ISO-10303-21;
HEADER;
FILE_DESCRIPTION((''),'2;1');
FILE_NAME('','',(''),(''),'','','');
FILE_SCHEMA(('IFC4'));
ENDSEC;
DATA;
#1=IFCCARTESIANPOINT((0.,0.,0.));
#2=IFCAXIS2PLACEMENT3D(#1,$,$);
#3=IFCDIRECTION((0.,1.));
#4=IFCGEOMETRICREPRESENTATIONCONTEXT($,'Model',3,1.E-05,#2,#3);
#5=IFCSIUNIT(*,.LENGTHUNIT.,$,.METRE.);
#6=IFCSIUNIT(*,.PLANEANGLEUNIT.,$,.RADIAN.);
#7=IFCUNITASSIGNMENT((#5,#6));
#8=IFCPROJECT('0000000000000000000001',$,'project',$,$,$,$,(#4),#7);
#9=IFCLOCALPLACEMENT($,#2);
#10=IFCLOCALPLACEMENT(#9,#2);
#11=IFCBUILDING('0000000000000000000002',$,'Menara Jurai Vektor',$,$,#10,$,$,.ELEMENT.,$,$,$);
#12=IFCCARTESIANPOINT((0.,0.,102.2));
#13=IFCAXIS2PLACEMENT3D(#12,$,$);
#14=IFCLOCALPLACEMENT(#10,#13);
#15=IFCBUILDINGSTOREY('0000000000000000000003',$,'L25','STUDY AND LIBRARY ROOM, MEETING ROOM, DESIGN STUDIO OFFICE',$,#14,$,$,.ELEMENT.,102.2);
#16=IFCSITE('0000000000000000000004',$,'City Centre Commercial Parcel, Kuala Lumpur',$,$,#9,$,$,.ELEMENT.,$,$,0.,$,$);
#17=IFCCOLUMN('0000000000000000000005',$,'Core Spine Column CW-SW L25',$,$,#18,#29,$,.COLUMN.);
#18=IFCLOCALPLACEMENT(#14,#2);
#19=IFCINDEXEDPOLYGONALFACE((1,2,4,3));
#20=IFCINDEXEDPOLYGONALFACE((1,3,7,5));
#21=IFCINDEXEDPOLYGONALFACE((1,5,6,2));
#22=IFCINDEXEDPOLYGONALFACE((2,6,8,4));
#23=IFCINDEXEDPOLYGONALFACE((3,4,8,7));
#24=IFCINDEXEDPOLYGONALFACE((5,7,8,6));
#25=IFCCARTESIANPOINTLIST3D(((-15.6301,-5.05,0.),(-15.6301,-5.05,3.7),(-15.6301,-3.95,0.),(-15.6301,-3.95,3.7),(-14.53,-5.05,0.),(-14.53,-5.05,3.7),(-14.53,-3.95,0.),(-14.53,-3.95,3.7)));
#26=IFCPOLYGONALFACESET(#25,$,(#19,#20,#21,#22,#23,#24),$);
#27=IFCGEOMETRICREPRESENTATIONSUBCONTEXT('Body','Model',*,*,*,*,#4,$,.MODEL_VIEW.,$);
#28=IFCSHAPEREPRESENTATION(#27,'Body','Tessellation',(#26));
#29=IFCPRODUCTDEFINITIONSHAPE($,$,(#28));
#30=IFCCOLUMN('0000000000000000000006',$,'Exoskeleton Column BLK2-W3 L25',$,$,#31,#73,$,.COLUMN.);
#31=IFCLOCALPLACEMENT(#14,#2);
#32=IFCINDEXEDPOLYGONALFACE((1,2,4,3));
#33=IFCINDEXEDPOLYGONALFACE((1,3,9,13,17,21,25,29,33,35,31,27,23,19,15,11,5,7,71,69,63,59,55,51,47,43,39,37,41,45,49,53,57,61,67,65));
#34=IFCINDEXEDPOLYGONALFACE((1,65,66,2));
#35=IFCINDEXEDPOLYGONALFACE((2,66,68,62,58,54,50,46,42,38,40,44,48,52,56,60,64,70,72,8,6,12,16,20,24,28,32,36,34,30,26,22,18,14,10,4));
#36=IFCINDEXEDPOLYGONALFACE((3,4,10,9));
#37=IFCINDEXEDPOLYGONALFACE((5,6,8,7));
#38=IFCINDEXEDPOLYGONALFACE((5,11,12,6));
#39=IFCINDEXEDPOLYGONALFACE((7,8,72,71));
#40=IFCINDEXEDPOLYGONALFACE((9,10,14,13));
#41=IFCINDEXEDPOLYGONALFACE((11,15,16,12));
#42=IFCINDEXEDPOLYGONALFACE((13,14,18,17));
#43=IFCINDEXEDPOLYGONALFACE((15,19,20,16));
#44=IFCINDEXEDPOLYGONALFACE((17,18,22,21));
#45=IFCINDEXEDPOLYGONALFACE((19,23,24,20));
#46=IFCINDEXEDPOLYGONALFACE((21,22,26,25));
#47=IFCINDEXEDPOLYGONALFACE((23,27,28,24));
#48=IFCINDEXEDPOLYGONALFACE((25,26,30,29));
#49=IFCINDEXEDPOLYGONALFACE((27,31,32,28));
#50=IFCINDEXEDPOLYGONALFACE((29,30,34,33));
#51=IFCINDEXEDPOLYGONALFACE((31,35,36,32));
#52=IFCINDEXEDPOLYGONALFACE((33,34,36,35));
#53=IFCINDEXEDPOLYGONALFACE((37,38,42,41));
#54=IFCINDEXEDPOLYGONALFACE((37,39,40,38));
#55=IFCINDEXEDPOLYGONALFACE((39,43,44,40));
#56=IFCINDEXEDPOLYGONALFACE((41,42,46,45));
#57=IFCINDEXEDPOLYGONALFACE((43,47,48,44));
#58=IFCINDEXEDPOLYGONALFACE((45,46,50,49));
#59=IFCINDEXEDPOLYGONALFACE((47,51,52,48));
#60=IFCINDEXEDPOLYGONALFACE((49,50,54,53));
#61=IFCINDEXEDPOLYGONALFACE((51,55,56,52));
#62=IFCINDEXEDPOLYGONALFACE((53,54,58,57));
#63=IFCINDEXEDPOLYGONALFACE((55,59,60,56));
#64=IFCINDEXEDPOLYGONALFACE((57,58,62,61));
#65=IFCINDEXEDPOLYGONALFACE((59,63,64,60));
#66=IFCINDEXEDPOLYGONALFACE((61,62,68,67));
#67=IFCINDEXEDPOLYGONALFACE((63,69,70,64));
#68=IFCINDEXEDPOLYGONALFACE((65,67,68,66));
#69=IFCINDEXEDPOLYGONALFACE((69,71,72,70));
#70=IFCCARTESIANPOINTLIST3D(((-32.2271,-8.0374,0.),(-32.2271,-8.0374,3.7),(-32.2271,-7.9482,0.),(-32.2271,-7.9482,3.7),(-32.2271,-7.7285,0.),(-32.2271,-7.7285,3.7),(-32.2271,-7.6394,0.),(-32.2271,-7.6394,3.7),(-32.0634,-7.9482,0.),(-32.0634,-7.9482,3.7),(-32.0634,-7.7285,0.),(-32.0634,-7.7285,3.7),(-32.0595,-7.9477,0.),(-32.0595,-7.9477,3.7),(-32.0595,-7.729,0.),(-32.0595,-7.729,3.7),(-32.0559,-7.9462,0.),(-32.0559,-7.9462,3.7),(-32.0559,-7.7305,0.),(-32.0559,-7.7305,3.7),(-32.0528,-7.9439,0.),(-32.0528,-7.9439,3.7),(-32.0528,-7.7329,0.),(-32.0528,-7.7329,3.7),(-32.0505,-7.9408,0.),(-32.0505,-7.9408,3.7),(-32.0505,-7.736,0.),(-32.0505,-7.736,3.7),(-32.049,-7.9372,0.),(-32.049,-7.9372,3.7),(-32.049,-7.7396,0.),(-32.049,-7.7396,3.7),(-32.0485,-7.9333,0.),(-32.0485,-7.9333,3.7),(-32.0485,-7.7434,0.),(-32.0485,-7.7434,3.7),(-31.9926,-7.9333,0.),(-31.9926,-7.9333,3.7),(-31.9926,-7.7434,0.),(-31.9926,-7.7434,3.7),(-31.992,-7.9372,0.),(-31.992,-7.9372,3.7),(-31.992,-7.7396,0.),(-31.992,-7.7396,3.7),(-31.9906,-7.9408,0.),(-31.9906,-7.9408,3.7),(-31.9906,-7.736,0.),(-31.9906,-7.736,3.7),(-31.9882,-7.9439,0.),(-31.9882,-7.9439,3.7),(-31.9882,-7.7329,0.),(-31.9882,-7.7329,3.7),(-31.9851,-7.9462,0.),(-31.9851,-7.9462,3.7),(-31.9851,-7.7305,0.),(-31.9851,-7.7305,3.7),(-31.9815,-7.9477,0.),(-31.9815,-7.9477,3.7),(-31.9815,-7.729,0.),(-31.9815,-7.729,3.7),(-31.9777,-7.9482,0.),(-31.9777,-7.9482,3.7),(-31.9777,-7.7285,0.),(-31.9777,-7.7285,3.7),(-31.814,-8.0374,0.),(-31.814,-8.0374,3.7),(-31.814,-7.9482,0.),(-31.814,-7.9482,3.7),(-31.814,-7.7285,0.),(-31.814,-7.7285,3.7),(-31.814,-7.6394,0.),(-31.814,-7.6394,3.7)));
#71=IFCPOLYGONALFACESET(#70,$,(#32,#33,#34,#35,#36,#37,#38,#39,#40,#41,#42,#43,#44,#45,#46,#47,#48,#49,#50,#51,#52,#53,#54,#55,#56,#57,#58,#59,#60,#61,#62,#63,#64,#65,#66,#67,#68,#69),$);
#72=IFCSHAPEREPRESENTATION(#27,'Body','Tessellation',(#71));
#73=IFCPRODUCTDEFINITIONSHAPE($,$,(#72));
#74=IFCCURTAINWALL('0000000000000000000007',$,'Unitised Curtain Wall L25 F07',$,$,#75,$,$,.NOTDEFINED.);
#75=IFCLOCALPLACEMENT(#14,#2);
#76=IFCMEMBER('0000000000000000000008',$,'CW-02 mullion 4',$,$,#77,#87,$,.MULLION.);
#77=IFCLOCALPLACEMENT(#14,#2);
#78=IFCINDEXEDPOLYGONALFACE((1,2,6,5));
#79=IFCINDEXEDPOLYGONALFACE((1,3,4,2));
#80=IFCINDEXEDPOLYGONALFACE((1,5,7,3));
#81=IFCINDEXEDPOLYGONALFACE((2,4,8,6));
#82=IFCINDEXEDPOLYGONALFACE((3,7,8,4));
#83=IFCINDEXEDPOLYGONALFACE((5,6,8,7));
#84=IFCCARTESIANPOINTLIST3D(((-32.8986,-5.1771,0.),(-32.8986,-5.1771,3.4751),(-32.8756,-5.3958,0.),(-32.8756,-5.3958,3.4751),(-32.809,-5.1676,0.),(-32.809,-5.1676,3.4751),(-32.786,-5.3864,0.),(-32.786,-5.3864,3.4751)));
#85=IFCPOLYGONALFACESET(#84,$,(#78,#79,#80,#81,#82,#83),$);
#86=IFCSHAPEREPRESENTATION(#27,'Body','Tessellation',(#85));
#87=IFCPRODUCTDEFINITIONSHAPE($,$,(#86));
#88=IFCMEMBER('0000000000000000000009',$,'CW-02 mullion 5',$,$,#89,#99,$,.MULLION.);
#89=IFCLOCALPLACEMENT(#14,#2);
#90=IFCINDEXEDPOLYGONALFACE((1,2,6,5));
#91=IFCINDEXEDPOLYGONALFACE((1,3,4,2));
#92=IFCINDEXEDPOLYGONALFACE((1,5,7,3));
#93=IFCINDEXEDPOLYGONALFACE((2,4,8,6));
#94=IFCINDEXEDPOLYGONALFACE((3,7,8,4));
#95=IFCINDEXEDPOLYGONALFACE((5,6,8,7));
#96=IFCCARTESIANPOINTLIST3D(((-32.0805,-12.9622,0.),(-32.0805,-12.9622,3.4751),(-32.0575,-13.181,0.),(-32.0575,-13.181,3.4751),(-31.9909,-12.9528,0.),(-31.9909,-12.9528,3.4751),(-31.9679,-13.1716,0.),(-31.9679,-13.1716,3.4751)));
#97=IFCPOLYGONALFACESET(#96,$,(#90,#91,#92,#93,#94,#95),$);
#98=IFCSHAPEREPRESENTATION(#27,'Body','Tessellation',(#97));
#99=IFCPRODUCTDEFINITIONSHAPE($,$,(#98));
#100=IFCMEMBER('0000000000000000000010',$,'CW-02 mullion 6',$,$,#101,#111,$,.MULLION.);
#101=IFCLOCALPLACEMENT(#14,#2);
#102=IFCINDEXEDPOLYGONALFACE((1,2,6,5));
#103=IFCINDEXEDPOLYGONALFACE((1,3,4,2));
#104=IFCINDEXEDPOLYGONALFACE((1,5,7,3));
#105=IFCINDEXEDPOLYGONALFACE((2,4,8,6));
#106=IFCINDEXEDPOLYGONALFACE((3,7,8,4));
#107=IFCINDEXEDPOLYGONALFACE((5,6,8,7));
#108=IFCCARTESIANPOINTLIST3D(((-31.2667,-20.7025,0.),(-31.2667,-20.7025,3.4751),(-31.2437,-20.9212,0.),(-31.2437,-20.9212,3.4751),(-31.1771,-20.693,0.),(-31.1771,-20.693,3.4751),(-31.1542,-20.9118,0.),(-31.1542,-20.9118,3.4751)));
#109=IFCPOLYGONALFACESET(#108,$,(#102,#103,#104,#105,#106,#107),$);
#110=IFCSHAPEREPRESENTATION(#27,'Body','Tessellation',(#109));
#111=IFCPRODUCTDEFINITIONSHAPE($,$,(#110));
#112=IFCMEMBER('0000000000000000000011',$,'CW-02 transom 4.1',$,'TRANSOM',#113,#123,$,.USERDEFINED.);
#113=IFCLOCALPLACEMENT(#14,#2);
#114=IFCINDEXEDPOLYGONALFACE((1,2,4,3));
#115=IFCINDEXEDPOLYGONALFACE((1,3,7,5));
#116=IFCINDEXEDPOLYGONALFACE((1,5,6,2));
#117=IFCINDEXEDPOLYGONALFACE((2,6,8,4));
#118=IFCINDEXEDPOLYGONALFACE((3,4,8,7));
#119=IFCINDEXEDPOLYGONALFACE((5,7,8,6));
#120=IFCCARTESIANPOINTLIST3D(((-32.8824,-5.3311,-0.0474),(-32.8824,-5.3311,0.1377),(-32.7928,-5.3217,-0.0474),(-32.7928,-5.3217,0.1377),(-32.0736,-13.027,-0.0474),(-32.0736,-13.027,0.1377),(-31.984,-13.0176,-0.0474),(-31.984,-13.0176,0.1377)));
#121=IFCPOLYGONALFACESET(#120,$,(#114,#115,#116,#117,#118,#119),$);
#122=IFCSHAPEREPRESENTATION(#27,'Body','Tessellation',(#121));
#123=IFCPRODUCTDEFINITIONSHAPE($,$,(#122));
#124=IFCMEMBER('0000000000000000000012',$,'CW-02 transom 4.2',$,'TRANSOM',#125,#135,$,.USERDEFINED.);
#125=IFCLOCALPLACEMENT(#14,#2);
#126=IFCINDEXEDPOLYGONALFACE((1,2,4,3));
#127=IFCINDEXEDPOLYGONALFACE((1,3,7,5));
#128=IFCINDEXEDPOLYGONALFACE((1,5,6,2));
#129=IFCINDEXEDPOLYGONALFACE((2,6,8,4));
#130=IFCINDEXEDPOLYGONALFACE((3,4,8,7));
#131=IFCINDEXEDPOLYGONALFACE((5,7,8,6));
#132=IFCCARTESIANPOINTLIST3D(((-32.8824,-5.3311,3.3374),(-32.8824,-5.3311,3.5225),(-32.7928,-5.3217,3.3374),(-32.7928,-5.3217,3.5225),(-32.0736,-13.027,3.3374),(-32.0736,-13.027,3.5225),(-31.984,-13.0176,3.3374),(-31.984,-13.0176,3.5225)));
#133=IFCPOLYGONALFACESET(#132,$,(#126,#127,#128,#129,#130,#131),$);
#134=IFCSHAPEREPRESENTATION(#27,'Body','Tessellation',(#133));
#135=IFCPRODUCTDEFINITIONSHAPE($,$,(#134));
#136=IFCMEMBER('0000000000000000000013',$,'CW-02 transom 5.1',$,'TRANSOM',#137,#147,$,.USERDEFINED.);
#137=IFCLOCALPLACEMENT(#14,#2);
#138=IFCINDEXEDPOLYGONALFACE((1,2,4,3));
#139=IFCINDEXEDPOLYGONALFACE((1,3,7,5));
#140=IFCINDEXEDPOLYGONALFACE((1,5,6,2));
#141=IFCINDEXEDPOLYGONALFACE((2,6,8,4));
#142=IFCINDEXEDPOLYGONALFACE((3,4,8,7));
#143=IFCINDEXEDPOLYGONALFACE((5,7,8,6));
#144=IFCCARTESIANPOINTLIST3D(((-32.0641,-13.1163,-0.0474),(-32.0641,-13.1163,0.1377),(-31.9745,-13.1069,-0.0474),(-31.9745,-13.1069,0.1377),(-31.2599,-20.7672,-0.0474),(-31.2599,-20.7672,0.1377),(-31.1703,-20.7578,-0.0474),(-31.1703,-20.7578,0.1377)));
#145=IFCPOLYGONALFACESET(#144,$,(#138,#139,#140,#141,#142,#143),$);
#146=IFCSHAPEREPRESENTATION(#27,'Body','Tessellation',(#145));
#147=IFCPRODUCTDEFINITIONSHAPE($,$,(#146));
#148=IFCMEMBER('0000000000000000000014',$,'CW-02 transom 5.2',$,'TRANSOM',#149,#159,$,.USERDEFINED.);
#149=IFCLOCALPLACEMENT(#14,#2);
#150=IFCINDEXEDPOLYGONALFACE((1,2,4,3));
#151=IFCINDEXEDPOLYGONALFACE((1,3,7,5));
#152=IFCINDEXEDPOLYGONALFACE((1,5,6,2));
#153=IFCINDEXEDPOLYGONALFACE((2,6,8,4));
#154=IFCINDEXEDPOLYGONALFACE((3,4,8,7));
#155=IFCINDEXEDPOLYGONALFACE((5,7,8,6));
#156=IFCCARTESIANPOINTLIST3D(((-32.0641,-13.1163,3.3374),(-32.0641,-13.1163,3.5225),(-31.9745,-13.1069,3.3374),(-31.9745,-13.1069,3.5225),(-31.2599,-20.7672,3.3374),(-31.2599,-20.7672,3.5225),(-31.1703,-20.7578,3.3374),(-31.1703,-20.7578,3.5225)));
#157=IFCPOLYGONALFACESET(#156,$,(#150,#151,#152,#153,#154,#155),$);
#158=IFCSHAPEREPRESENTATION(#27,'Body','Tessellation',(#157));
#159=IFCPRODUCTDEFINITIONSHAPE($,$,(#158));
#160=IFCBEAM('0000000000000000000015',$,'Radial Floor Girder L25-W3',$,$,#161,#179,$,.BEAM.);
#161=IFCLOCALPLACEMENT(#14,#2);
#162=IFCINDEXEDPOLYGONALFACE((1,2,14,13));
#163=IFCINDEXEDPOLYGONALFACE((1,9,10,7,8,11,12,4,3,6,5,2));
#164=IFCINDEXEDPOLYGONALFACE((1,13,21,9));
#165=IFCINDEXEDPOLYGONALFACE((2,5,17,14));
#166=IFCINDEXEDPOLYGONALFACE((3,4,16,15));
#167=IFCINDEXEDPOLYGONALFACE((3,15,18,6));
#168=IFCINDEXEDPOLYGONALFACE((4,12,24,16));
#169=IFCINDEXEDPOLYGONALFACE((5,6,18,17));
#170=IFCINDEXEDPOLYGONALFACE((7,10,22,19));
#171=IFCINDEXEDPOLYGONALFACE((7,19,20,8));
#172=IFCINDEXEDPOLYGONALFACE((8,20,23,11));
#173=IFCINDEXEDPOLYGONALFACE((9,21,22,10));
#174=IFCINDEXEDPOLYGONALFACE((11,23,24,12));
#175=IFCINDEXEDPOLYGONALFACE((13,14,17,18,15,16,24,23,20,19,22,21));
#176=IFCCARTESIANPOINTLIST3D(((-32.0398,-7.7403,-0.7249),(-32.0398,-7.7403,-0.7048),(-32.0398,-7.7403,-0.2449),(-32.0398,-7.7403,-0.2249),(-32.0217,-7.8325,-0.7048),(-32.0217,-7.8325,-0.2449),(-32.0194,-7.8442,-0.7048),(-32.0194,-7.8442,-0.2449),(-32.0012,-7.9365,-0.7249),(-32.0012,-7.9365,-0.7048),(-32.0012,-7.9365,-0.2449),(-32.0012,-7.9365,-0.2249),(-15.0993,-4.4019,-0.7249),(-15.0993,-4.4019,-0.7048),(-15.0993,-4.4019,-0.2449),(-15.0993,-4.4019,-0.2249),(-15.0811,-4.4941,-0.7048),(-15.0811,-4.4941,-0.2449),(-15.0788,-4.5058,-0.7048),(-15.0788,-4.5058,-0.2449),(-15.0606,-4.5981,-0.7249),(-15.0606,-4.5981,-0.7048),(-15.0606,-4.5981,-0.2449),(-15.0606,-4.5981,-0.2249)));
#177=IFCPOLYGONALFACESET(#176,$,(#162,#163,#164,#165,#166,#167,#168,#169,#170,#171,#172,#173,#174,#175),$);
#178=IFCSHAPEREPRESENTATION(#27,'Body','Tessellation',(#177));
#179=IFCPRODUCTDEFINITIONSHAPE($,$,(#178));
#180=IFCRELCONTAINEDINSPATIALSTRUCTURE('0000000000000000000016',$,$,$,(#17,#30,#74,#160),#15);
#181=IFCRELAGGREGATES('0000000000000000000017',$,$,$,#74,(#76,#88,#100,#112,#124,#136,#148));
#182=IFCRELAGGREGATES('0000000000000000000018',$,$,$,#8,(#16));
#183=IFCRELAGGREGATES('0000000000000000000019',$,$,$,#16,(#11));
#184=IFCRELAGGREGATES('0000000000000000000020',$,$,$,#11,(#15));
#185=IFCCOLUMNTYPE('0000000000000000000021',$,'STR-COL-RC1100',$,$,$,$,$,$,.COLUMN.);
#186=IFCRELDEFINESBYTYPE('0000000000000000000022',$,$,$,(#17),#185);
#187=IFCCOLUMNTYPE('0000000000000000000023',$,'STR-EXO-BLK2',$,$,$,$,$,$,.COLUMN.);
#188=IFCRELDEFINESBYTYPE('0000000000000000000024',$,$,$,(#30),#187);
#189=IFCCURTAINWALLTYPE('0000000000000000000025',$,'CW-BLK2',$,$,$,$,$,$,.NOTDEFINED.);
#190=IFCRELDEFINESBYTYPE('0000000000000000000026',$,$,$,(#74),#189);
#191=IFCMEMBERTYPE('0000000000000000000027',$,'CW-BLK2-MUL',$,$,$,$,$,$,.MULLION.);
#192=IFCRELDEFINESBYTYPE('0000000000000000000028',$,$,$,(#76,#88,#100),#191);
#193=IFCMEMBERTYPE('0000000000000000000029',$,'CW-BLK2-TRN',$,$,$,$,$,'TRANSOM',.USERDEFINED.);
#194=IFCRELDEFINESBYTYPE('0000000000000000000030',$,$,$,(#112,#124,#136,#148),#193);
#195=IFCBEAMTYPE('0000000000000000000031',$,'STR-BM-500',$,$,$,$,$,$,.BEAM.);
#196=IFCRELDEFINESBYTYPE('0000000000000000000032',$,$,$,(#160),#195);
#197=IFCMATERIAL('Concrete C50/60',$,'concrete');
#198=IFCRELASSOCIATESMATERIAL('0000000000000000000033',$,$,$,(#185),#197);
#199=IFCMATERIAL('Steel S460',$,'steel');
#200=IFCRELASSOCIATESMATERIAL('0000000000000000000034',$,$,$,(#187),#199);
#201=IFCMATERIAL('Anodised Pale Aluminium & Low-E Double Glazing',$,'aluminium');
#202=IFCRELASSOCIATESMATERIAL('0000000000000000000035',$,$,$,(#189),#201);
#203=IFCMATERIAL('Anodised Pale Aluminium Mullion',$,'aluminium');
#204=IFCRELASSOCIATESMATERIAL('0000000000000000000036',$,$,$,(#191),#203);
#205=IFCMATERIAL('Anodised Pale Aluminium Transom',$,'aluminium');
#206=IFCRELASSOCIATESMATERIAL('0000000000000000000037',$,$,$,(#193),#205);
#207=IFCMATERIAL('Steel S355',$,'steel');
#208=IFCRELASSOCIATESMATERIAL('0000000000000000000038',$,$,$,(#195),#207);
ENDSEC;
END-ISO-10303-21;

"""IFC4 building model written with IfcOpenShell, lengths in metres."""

from ifc_helpers import new_model, si_unit, direction, frame, origin, origin_2d, place, context, subcontext, project, spatial, rectangle, i_section, extrude, material, material_profile, profile_set, type_object, element, aggregate, save


model = new_model("IFC4")

# Units and contexts
model_context = context("Model", 3, precision=1e-05, world=origin(), true_north=direction((0.0, 1.0)))
body_context = subcontext(model_context, "Body", "Model", "MODEL_VIEW")
ifc_project = project(units=[si_unit("LENGTHUNIT", "METRE"), si_unit("PLANEANGLEUNIT", "RADIAN")], contexts=[model_context])

# Site, building, storey
site_placement = place(None, origin())
site = spatial("IfcSite", under=ifc_project, at=site_placement, Name="City Centre Commercial Parcel, Kuala Lumpur", CompositionType="ELEMENT", RefElevation=0.0)
building_placement = place(site_placement, origin())
building = spatial("IfcBuilding", under=site, at=building_placement, Name="Menara Jurai Vektor", CompositionType="ELEMENT")
storey_placement = place(building_placement, frame((0.0, 0.0, 102.2)))
storey = spatial("IfcBuildingStorey", under=building, at=storey_placement, Name="L25", Description="STUDY AND LIBRARY ROOM, MEETING ROOM, DESIGN STUDIO OFFICE", CompositionType="ELEMENT", Elevation=102.2)

# Columns
ifc_material_1 = material(Name="Concrete C50/60", Category="concrete")
ifc_material_profile_1 = material_profile(ifc_material_1, rectangle(XDim=1.1001, YDim=1.1001, at=origin_2d()), Name="RC 1100x1100")
ifc_profile_set_1 = profile_set([ifc_material_profile_1], Name="Concrete C50/60")
column_type_1 = type_object("IfcColumnType", Name="STR-COL-RC1100", PredefinedType="COLUMN", material=ifc_profile_set_1)
column_1_placement = place(storey_placement, frame((-15.0801, -4.5, 0.0), z_axis=(0.0, 0.0, 1.0), x_axis=(1.0, 0.0, 0.0)))
element("IfcColumn", 1, at=column_1_placement, inside=storey, type_object=column_type_1, Name="Core Spine Column CW-SW L25", PredefinedType="COLUMN", context=body_context, shape_type="SweptSolid", body=[
    extrude(rectangle(XDim=1.1001, YDim=1.1001, at=origin_2d()), origin(), (0.0, 0.0, 1.0), 3.7),
])
ifc_material_2 = material(Name="Steel S460", Category="steel")
ifc_material_profile_2 = material_profile(ifc_material_2, i_section(OverallWidth=0.4131, OverallDepth=0.3979, WebThickness=0.0559, FlangeThickness=0.0891, FilletRadius=0.0149, at=origin_2d()), Name="HD 400x744")
ifc_profile_set_2 = profile_set([ifc_material_profile_2], Name="Steel S460")
column_type_2 = type_object("IfcColumnType", Name="STR-EXO-BLK2", PredefinedType="COLUMN", material=ifc_profile_set_2)
column_2_placement = place(storey_placement, frame((-32.0205, -7.8384, 0.0), z_axis=(0.0, 0.0, 1.0), x_axis=(1.0, 0.0, 0.0)))
element("IfcColumn", 2, at=column_2_placement, inside=storey, type_object=column_type_2, Name="Exoskeleton Column BLK2-W3 L25", PredefinedType="COLUMN", context=body_context, shape_type="SweptSolid", body=[
    extrude(i_section(OverallWidth=0.4131, OverallDepth=0.3979, WebThickness=0.0559, FlangeThickness=0.0891, FilletRadius=0.0149, at=origin_2d()), origin(), (0.0, 0.0, 1.0), 3.7),
])

# Curtain wall, members
ifc_material_3 = material(Name="Anodised Pale Aluminium & Low-E Double Glazing", Category="aluminium")
curtain_wall_type = type_object("IfcCurtainWallType", Name="CW-BLK2", PredefinedType="NOTDEFINED", material=ifc_material_3)
curtain_wall_placement = place(storey_placement, origin())
curtain_wall = element("IfcCurtainWall", 3, at=curtain_wall_placement, inside=storey, type_object=curtain_wall_type, Name="Unitised Curtain Wall L25 F07", PredefinedType="NOTDEFINED")
ifc_material_4 = material(Name="Anodised Pale Aluminium Mullion", Category="aluminium")
ifc_material_profile_3 = material_profile(ifc_material_4, rectangle(XDim=0.0901, YDim=0.22, at=origin_2d()), Name="ALU MUL 90x220")
ifc_profile_set_3 = profile_set([ifc_material_profile_3], Name="Anodised Pale Aluminium Mullion")
member_type_1 = type_object("IfcMemberType", Name="CW-BLK2-MUL", PredefinedType="MULLION", material=ifc_profile_set_3)
member_1_placement = place(storey_placement, frame((-32.8423, -5.2817, 0.0), z_axis=(0.0, 0.0, 1.0), x_axis=(0.994522, 0.10453, 0.0)))
member_1 = element("IfcMember", 4, at=member_1_placement, type_object=member_type_1, Name="CW-02 mullion 4", PredefinedType="MULLION", context=body_context, shape_type="SweptSolid", body=[
    extrude(rectangle(XDim=0.0901, YDim=0.22, at=origin_2d()), origin(), (0.0, 0.0, 1.0), 3.4751),
])
member_2_placement = place(storey_placement, frame((-32.0242, -13.0669, 0.0), z_axis=(0.0, 0.0, 1.0), x_axis=(0.994522, 0.10453, 0.0)))
member_2 = element("IfcMember", 5, at=member_2_placement, type_object=member_type_1, Name="CW-02 mullion 5", PredefinedType="MULLION", context=body_context, shape_type="SweptSolid", body=[
    extrude(rectangle(XDim=0.0901, YDim=0.22, at=origin_2d()), origin(), (0.0, 0.0, 1.0), 3.4751),
])
member_3_placement = place(storey_placement, frame((-31.2104, -20.8071, 0.0), z_axis=(0.0, 0.0, 1.0), x_axis=(0.994522, 0.10453, 0.0)))
member_3 = element("IfcMember", 6, at=member_3_placement, type_object=member_type_1, Name="CW-02 mullion 6", PredefinedType="MULLION", context=body_context, shape_type="SweptSolid", body=[
    extrude(rectangle(XDim=0.0901, YDim=0.22, at=origin_2d()), origin(), (0.0, 0.0, 1.0), 3.4751),
])
ifc_material_5 = material(Name="Anodised Pale Aluminium Transom", Category="aluminium")
ifc_material_profile_4 = material_profile(ifc_material_5, rectangle(XDim=0.0901, YDim=0.1851, at=origin_2d()), Name="ALU TRN 90x185")
ifc_profile_set_4 = profile_set([ifc_material_profile_4], Name="Anodised Pale Aluminium Transom")
member_type_2 = type_object("IfcMemberType", Name="CW-BLK2-TRN", ElementType="TRANSOM", PredefinedType="USERDEFINED", material=ifc_profile_set_4)
member_4_placement = place(storey_placement, frame((-32.8376, -5.3264, 0.0452), z_axis=(0.104525, -0.994522, 0.0), x_axis=(0.994522, 0.104525, 0.0)))
member_4 = element("IfcMember", 7, at=member_4_placement, type_object=member_type_2, Name="CW-02 transom 4.1", ObjectType="TRANSOM", PredefinedType="USERDEFINED", context=body_context, shape_type="SweptSolid", body=[
    extrude(rectangle(XDim=0.0901, YDim=0.1851, at=origin_2d()), origin(), (0.0, 0.0, 1.0), 7.7383),
])
member_5_placement = place(storey_placement, frame((-32.8376, -5.3264, 3.4299), z_axis=(0.104525, -0.994522, 0.0), x_axis=(0.994522, 0.104525, 0.0)))
member_5 = element("IfcMember", 8, at=member_5_placement, type_object=member_type_2, Name="CW-02 transom 4.2", ObjectType="TRANSOM", PredefinedType="USERDEFINED", context=body_context, shape_type="SweptSolid", body=[
    extrude(rectangle(XDim=0.0901, YDim=0.1851, at=origin_2d()), origin(), (0.0, 0.0, 1.0), 7.7383),
])
member_6_placement = place(storey_placement, frame((-32.0193, -13.1116, 0.0452), z_axis=(0.104536, -0.994521, 0.0), x_axis=(0.994521, 0.104536, 0.0)))
member_6 = element("IfcMember", 9, at=member_6_placement, type_object=member_type_2, Name="CW-02 transom 5.1", ObjectType="TRANSOM", PredefinedType="USERDEFINED", context=body_context, shape_type="SweptSolid", body=[
    extrude(rectangle(XDim=0.0901, YDim=0.1851, at=origin_2d()), origin(), (0.0, 0.0, 1.0), 7.6931),
])
member_7_placement = place(storey_placement, frame((-32.0193, -13.1116, 3.4299), z_axis=(0.104536, -0.994521, 0.0), x_axis=(0.994521, 0.104536, 0.0)))
member_7 = element("IfcMember", 10, at=member_7_placement, type_object=member_type_2, Name="CW-02 transom 5.2", ObjectType="TRANSOM", PredefinedType="USERDEFINED", context=body_context, shape_type="SweptSolid", body=[
    extrude(rectangle(XDim=0.0901, YDim=0.1851, at=origin_2d()), origin(), (0.0, 0.0, 1.0), 7.6931),
])

# Beam
ifc_material_6 = material(Name="Steel S355", Category="steel")
ifc_material_profile_5 = material_profile(ifc_material_6, i_section(OverallWidth=0.2, OverallDepth=0.5, WebThickness=0.012, FlangeThickness=0.02, at=origin_2d()), Name="PG 500x200x96")
ifc_profile_set_5 = profile_set([ifc_material_profile_5], Name="Steel S355")
beam_type_1 = type_object("IfcBeamType", Name="STR-BM-500", PredefinedType="BEAM", material=ifc_profile_set_5)
beam_1_placement = place(storey_placement, frame((-32.0205, -7.8384, -0.4749), z_axis=(0.98113, 0.193347, 0.0), x_axis=(-0.193347, 0.98113, 0.0)))
element("IfcBeam", 11, at=beam_1_placement, inside=storey, type_object=beam_type_1, Name="Radial Floor Girder L25-W3", PredefinedType="BEAM", context=body_context, shape_type="SweptSolid", body=[
    extrude(i_section(OverallWidth=0.2, OverallDepth=0.5, WebThickness=0.012, FlangeThickness=0.02, at=origin_2d()), origin(), (0.0, 0.0, 1.0), 17.2664),
])

aggregate(curtain_wall, [member_1, member_2, member_3, member_4, member_5, member_6, member_7])

save(model, "model.ifc")
